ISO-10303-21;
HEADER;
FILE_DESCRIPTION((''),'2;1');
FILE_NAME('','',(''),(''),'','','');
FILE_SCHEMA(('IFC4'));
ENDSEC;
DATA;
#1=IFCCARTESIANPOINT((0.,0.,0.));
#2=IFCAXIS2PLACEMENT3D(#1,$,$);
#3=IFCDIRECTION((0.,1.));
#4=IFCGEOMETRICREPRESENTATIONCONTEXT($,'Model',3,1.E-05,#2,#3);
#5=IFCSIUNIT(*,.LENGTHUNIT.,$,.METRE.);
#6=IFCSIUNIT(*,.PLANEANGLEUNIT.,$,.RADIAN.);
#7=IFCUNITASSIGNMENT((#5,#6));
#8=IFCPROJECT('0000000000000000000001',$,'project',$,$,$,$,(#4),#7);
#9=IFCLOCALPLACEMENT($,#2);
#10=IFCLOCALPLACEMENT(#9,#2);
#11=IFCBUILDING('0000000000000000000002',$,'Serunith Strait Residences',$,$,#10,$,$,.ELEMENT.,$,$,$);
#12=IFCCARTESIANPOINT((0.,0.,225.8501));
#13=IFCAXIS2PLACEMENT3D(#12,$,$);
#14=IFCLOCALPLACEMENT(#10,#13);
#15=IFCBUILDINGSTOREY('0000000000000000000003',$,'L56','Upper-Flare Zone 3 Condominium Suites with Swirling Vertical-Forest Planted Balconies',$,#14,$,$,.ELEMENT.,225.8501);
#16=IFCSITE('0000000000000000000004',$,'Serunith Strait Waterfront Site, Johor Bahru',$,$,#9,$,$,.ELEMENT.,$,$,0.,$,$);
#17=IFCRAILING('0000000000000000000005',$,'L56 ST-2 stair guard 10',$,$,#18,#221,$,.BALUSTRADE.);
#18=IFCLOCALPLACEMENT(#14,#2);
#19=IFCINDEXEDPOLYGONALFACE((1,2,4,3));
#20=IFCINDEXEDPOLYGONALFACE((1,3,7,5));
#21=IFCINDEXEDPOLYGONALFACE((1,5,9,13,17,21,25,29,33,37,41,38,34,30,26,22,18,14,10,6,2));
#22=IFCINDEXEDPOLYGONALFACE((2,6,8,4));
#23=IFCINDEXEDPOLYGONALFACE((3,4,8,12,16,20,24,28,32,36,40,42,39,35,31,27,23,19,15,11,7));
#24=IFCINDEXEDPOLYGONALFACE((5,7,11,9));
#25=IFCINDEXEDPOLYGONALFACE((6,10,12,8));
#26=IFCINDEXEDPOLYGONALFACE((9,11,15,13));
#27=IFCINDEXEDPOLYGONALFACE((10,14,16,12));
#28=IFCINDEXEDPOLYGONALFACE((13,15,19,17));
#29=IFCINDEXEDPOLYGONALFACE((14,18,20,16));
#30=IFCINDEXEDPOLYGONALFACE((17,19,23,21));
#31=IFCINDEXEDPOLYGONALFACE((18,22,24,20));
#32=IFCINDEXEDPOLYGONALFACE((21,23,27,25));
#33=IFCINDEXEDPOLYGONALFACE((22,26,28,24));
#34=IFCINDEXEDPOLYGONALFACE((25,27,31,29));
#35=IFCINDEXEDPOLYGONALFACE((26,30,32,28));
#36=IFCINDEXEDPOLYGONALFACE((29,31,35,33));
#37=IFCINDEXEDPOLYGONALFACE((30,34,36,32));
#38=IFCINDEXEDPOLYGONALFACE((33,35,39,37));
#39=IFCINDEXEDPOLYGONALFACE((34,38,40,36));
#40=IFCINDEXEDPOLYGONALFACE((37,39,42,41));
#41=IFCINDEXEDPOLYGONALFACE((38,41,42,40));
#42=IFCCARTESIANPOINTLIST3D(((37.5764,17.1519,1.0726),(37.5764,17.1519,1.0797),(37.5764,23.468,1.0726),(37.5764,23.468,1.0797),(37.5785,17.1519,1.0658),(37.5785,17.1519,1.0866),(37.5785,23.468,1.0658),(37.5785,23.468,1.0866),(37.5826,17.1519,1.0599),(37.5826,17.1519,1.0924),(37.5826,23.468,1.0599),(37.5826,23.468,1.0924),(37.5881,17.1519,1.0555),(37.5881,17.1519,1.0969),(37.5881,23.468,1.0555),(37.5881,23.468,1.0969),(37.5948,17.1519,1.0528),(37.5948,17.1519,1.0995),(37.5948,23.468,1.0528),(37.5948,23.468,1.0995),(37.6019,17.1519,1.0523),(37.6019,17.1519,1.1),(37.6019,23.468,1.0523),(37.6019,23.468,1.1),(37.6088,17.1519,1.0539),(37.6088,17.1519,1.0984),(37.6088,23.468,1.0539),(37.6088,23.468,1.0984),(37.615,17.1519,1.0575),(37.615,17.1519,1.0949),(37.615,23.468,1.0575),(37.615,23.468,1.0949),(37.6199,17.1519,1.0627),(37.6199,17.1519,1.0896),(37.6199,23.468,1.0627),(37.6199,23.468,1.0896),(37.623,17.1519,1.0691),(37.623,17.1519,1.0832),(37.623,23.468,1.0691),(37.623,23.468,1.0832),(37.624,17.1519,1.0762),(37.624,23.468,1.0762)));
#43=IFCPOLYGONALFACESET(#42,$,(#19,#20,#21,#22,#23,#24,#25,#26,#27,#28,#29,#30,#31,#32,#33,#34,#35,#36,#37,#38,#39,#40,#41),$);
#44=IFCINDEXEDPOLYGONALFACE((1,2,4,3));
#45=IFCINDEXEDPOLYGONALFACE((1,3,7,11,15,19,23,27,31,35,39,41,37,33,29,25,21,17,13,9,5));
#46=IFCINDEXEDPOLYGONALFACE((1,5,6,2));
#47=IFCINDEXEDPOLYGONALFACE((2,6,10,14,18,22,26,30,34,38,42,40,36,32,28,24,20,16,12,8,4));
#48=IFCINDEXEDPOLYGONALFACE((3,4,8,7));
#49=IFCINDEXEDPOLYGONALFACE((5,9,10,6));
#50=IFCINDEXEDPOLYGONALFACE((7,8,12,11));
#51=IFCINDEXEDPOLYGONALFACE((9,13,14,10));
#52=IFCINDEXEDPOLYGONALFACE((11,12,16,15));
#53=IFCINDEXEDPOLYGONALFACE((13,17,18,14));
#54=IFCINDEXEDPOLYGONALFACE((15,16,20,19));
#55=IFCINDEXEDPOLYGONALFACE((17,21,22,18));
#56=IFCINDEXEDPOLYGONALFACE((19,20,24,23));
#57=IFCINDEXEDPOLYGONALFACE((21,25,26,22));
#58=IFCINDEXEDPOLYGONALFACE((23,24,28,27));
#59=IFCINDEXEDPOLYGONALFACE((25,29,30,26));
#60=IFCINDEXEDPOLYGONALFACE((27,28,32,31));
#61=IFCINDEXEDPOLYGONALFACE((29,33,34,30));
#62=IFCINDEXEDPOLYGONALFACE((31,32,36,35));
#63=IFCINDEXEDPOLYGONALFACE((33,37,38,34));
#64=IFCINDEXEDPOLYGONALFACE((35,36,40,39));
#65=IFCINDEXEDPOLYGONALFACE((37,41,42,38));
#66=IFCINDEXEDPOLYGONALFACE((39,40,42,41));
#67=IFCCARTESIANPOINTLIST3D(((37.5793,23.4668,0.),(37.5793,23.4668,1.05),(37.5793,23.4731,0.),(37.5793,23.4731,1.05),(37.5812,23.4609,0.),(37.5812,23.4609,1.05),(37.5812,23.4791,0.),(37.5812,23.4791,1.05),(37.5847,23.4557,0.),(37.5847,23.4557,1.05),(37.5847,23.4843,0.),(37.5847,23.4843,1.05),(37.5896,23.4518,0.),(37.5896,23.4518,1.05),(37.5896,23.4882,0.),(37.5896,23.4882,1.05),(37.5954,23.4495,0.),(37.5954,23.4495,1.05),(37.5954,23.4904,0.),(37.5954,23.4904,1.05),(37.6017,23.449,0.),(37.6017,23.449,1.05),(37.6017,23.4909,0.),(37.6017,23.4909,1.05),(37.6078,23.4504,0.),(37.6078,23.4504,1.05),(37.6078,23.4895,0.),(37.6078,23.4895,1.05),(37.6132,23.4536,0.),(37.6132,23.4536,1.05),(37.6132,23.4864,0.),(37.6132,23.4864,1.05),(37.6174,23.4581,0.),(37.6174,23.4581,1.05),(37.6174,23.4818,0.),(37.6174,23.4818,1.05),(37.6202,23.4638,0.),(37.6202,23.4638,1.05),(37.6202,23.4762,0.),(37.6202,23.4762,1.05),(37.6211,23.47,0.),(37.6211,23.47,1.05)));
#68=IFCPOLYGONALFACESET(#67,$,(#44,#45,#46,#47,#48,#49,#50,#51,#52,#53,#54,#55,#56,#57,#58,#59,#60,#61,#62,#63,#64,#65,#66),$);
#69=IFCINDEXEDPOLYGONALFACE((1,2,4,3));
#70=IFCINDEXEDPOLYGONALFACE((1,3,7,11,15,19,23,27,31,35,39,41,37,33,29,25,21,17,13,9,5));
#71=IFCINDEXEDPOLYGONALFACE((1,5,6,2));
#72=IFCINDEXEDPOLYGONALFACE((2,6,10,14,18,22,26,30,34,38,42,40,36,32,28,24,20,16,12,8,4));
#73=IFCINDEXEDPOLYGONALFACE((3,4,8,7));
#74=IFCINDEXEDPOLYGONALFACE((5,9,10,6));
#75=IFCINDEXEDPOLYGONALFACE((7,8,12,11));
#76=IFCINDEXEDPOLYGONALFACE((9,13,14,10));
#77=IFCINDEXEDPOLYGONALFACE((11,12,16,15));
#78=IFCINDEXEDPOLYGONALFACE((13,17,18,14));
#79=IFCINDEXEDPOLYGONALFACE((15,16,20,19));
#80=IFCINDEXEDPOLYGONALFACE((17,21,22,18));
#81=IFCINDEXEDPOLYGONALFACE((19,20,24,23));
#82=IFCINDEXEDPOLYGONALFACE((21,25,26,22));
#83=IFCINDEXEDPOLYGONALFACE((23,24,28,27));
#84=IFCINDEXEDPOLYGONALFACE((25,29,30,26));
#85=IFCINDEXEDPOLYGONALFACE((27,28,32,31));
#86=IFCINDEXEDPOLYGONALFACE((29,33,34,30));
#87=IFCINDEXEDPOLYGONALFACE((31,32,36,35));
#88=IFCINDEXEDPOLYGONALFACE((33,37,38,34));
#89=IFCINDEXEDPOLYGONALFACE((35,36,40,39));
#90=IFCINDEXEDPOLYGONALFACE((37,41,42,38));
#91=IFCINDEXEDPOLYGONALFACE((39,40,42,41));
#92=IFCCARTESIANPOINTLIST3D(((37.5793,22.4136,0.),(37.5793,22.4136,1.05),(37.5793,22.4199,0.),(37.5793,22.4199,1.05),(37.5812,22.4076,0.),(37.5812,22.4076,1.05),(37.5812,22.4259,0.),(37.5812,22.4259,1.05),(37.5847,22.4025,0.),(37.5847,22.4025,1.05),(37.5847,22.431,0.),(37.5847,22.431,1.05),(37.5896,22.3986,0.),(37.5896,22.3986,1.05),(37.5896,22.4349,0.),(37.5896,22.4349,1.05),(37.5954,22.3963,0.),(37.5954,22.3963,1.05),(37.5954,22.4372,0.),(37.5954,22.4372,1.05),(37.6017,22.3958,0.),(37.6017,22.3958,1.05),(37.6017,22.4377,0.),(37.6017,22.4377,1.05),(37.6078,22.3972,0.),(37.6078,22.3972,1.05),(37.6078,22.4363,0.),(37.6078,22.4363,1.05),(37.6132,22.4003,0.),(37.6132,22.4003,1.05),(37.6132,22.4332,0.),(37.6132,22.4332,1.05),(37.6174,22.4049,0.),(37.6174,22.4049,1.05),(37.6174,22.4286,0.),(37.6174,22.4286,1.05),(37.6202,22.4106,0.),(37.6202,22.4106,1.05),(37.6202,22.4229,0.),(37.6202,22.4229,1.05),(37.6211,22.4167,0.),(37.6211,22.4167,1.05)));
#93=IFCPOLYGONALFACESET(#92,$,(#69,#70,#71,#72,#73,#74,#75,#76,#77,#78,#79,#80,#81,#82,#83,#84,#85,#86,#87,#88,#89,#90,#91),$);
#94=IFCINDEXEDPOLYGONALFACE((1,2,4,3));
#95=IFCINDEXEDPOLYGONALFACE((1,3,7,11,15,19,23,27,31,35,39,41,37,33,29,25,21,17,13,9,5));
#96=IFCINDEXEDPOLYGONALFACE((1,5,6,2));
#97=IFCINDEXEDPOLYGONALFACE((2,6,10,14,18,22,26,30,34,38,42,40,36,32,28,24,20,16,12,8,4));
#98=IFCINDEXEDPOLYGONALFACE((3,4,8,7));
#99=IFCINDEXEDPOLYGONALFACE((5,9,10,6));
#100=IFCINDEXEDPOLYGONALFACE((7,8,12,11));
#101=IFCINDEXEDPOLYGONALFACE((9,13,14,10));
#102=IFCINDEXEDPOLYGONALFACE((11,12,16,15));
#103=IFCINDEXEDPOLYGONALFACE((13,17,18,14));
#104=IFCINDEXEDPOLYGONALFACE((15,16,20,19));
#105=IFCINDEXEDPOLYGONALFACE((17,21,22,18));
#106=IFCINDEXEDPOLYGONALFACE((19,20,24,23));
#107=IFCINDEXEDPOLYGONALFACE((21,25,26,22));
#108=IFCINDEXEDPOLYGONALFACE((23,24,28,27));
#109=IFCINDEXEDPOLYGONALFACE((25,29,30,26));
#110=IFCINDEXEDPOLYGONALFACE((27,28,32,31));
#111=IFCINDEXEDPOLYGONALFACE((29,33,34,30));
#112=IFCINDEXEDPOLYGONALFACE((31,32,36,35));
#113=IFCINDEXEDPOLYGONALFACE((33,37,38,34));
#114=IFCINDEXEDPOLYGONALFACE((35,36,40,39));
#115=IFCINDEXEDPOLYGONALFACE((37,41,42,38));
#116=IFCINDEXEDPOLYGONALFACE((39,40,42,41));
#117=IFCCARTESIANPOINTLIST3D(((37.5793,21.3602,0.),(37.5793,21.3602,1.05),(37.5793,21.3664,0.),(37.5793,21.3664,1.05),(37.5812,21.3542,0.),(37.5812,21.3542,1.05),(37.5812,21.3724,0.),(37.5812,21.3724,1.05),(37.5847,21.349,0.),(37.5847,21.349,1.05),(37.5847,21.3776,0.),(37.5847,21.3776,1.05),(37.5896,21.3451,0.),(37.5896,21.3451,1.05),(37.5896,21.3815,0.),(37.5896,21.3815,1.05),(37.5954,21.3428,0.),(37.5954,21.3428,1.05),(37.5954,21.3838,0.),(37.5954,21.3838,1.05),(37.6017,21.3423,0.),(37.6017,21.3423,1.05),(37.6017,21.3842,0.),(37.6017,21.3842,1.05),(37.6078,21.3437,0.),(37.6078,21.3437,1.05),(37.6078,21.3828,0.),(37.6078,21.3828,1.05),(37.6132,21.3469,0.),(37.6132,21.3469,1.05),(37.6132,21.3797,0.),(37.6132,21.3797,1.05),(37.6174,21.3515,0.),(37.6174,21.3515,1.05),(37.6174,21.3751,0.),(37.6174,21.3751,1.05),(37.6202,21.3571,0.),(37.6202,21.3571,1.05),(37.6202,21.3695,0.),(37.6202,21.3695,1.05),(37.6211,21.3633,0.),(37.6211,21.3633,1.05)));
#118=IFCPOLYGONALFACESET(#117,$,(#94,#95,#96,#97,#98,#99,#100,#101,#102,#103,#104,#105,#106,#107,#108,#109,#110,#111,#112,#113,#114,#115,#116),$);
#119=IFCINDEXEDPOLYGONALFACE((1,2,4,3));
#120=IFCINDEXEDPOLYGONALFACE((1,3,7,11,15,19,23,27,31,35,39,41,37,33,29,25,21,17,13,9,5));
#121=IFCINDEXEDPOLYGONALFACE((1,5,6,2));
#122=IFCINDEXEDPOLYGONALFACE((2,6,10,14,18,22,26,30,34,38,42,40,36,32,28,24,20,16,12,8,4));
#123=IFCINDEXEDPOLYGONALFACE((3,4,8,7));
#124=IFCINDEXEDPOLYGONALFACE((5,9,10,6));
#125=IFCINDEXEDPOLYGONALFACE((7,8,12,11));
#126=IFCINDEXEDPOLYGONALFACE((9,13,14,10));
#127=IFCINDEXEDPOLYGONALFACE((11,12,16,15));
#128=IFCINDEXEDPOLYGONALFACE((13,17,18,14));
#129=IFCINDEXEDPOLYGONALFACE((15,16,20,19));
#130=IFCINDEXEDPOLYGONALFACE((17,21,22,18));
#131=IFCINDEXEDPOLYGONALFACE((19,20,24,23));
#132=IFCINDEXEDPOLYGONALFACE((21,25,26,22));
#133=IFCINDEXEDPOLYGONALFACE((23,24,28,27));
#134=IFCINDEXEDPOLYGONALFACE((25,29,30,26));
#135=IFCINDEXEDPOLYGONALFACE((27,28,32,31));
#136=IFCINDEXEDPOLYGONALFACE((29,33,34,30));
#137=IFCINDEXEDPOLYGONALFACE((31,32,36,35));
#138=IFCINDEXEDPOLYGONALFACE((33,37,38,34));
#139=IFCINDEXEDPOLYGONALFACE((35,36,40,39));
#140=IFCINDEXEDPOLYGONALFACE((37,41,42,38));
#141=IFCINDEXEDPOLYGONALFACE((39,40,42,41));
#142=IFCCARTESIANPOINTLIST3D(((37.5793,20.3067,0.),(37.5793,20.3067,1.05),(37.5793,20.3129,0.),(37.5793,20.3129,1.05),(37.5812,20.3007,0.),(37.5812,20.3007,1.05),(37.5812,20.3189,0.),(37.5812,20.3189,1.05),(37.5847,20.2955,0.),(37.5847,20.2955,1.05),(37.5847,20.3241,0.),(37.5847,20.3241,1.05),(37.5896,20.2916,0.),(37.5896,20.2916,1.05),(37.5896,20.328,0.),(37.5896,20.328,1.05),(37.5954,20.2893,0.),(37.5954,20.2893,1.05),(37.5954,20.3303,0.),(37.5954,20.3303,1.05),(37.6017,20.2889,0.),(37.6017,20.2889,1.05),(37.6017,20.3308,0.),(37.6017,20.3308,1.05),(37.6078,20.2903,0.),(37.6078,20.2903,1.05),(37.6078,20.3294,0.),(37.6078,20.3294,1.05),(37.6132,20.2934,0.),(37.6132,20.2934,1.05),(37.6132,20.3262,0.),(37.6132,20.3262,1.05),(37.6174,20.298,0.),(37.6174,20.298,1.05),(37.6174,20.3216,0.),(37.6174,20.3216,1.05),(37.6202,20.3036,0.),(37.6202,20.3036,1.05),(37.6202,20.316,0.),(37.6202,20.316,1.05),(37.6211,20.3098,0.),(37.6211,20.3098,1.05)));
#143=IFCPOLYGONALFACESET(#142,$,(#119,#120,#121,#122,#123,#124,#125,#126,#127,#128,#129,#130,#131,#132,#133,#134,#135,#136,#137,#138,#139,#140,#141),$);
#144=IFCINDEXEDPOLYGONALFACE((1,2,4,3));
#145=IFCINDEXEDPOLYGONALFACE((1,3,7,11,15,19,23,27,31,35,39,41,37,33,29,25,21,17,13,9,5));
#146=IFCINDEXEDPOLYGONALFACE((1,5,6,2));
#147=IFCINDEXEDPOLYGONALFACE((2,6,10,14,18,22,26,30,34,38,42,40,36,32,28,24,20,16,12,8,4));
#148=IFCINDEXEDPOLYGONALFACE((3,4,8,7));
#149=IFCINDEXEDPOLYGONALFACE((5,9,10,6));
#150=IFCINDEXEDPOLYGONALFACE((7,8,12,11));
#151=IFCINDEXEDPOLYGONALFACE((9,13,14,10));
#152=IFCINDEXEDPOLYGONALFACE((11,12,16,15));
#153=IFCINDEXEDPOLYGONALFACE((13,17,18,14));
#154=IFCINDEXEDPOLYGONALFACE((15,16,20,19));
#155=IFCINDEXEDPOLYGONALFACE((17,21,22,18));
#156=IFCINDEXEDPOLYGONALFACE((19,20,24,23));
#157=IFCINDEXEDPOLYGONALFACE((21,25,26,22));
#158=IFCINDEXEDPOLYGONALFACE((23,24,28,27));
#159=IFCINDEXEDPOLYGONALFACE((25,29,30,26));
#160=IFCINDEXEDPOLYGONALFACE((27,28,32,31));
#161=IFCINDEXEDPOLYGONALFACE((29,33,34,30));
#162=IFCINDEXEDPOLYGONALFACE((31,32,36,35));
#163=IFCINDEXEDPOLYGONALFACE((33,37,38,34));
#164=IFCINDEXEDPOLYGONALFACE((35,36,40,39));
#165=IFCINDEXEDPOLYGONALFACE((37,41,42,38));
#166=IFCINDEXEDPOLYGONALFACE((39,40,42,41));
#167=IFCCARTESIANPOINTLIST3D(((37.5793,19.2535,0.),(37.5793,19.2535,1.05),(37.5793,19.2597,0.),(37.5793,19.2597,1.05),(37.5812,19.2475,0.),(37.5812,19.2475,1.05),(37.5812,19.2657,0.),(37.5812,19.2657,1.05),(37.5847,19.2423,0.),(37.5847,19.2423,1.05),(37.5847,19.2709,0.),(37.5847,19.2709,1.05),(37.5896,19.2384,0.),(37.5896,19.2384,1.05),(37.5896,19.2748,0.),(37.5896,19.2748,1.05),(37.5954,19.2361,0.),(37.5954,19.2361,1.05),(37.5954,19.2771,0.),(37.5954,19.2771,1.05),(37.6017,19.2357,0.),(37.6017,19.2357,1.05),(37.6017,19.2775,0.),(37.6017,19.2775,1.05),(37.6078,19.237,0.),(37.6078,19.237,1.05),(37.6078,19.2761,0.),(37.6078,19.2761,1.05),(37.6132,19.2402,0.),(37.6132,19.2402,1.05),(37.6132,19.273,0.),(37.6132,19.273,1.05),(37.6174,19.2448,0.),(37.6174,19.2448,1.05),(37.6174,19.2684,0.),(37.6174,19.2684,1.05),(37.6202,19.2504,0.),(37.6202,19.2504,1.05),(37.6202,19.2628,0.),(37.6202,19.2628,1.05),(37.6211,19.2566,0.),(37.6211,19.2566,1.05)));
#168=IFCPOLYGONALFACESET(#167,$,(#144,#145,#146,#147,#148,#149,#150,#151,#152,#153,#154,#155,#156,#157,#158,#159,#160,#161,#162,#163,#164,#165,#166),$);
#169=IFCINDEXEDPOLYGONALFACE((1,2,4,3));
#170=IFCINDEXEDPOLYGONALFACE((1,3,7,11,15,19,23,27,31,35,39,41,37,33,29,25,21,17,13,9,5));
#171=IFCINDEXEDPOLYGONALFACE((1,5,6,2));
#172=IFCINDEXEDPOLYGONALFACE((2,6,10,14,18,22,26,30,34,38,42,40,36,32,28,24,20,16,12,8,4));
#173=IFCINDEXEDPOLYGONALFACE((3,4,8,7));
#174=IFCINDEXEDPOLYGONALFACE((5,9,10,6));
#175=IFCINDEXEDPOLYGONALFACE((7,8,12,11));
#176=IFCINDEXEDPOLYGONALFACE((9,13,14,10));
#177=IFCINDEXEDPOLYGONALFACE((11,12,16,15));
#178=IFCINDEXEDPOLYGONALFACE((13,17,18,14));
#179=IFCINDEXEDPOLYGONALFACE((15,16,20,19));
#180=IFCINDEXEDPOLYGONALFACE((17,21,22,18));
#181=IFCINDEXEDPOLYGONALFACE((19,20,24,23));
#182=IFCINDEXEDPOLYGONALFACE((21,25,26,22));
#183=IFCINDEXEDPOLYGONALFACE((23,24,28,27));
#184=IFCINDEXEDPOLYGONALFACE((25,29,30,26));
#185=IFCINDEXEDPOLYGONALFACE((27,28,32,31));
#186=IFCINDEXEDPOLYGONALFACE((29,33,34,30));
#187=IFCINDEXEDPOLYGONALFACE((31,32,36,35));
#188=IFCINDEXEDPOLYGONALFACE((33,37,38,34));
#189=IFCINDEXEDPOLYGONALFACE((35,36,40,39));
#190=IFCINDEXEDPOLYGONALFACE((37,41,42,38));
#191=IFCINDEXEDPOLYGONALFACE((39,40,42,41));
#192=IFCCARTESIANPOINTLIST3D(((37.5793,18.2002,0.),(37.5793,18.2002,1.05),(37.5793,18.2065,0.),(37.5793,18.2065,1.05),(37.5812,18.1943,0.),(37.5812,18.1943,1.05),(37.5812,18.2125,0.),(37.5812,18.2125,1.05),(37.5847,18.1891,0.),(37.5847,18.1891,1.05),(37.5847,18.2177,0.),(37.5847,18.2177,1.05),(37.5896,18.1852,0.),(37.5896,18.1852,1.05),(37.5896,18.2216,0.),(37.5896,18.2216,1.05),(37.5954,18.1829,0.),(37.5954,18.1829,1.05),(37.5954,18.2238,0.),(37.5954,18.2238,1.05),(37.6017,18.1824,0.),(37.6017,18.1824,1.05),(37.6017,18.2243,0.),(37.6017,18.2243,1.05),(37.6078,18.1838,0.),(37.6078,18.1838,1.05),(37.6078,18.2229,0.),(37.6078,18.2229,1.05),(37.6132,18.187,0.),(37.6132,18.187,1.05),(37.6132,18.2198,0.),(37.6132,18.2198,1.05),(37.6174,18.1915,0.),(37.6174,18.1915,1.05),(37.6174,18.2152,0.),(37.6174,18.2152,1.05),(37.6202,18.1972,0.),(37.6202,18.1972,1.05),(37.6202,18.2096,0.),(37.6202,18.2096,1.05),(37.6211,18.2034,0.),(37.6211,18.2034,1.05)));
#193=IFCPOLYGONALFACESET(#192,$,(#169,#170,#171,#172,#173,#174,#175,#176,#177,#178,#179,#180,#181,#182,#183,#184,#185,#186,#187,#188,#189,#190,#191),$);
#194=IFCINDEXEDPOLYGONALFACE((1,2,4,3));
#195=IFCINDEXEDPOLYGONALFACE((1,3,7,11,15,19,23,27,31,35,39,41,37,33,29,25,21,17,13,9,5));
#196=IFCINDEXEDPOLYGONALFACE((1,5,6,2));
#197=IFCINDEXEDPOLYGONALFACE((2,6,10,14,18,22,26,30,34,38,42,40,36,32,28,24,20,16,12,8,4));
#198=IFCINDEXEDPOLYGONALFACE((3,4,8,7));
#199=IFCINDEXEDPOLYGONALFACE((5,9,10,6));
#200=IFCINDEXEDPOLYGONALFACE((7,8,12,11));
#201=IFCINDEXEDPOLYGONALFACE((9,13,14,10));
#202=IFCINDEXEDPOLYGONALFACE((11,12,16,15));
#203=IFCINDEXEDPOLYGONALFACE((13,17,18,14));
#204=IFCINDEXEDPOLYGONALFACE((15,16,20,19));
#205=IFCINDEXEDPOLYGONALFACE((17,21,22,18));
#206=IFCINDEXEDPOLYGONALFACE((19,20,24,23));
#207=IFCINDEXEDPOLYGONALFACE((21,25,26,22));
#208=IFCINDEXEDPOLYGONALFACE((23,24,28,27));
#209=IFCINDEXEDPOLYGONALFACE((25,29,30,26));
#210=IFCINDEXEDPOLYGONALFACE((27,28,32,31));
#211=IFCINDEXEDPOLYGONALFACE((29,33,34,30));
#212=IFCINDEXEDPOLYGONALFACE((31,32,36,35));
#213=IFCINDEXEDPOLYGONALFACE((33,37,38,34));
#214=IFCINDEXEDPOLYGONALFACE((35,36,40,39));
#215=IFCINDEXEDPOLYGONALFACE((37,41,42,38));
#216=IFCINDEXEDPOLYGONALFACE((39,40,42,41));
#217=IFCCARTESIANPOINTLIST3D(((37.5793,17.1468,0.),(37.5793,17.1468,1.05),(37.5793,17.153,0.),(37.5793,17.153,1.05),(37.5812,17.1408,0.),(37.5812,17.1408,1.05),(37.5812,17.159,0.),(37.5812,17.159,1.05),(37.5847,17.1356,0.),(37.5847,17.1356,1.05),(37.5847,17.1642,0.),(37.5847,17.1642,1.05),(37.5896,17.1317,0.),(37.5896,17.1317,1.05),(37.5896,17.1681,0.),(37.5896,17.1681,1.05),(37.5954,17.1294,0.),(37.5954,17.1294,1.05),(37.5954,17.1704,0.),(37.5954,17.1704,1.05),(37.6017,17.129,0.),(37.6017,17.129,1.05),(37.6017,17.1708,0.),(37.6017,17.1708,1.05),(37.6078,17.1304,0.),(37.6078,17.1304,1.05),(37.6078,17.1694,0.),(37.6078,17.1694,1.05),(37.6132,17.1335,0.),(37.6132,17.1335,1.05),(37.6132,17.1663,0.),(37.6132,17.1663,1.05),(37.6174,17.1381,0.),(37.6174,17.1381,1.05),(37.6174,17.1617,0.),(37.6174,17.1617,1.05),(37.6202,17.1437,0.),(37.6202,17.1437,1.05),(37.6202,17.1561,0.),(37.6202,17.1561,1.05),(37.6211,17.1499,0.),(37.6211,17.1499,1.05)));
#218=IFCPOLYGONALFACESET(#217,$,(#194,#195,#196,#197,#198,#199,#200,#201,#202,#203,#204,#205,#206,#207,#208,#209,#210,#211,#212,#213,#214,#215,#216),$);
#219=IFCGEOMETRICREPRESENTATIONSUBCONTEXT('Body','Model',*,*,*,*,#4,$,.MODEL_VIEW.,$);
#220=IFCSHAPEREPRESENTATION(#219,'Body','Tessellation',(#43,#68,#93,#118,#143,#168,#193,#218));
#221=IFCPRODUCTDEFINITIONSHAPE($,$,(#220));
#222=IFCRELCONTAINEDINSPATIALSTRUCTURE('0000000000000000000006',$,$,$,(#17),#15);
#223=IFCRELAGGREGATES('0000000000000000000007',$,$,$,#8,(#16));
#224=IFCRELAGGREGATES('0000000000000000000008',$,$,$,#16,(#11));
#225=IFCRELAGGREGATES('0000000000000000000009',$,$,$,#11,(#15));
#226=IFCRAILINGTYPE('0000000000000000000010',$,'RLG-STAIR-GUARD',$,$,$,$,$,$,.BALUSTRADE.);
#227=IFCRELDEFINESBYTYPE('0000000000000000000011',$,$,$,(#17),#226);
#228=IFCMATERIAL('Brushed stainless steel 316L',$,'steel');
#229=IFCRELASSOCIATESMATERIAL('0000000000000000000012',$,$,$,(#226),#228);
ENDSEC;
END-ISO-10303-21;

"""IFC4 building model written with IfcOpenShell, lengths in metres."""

from ifc_helpers import new_model, si_unit, direction, frame, origin, origin_2d, place, context, subcontext, project, spatial, circle, extrude, material, type_object, element, save


model = new_model("IFC4")

# Units and contexts
model_context = context("Model", 3, precision=1e-05, world=origin(), true_north=direction((0.0, 1.0)))
body_context = subcontext(model_context, "Body", "Model", "MODEL_VIEW")
ifc_project = project(units=[si_unit("LENGTHUNIT", "METRE"), si_unit("PLANEANGLEUNIT", "RADIAN")], contexts=[model_context])

# Site, building, storey
site_placement = place(None, origin())
site = spatial("IfcSite", under=ifc_project, at=site_placement, Name="Serunith Strait Waterfront Site, Johor Bahru", CompositionType="ELEMENT", RefElevation=0.0)
building_placement = place(site_placement, origin())
building = spatial("IfcBuilding", under=site, at=building_placement, Name="Serunith Strait Residences", CompositionType="ELEMENT")
storey_placement = place(building_placement, frame((0.0, 0.0, 225.8501)))
storey = spatial("IfcBuildingStorey", under=building, at=storey_placement, Name="L56", Description="Upper-Flare Zone 3 Condominium Suites with Swirling Vertical-Forest Planted Balconies", CompositionType="ELEMENT", Elevation=225.8501)

# Railing
ifc_material_1 = material(Name="Brushed stainless steel 316L", Category="steel")
railing_type = type_object("IfcRailingType", Name="RLG-STAIR-GUARD", PredefinedType="BALUSTRADE", material=ifc_material_1)
railing_placement = place(storey_placement, frame((37.6001, 23.47, 0.0)))
element("IfcRailing", 1, at=railing_placement, inside=storey, type_object=railing_type, Name="L56 ST-2 stair guard 10", PredefinedType="BALUSTRADE", context=body_context, shape_type="SweptSolid", body=[
    extrude(circle(Radius=0.0239, at=origin_2d()), frame((0.0, -0.002, 1.0762), z_axis=(0.0, -1.0, 0.0), x_axis=(1.0, 0.0, 0.0)), (0.0, 0.0, 1.0), 6.3162),
    extrude(circle(Radius=0.021, at=origin_2d()), origin(), (0.0, 0.0, 1.0), 1.05),
    extrude(circle(Radius=0.021, at=origin_2d()), frame((0.0, -1.0532, 0.0)), (0.0, 0.0, 1.0), 1.05),
    extrude(circle(Radius=0.021, at=origin_2d()), frame((0.0, -2.1067, 0.0)), (0.0, 0.0, 1.0), 1.05),
    extrude(circle(Radius=0.021, at=origin_2d()), frame((0.0, -3.1602, 0.0)), (0.0, 0.0, 1.0), 1.05),
    extrude(circle(Radius=0.021, at=origin_2d()), frame((0.0, -4.2134, 0.0)), (0.0, 0.0, 1.0), 1.05),
    extrude(circle(Radius=0.021, at=origin_2d()), frame((0.0, -5.2666, 0.0)), (0.0, 0.0, 1.0), 1.05),
    extrude(circle(Radius=0.021, at=origin_2d()), frame((0.0, -6.3201, 0.0)), (0.0, 0.0, 1.0), 1.05),
])

save(model, "model.ifc")
